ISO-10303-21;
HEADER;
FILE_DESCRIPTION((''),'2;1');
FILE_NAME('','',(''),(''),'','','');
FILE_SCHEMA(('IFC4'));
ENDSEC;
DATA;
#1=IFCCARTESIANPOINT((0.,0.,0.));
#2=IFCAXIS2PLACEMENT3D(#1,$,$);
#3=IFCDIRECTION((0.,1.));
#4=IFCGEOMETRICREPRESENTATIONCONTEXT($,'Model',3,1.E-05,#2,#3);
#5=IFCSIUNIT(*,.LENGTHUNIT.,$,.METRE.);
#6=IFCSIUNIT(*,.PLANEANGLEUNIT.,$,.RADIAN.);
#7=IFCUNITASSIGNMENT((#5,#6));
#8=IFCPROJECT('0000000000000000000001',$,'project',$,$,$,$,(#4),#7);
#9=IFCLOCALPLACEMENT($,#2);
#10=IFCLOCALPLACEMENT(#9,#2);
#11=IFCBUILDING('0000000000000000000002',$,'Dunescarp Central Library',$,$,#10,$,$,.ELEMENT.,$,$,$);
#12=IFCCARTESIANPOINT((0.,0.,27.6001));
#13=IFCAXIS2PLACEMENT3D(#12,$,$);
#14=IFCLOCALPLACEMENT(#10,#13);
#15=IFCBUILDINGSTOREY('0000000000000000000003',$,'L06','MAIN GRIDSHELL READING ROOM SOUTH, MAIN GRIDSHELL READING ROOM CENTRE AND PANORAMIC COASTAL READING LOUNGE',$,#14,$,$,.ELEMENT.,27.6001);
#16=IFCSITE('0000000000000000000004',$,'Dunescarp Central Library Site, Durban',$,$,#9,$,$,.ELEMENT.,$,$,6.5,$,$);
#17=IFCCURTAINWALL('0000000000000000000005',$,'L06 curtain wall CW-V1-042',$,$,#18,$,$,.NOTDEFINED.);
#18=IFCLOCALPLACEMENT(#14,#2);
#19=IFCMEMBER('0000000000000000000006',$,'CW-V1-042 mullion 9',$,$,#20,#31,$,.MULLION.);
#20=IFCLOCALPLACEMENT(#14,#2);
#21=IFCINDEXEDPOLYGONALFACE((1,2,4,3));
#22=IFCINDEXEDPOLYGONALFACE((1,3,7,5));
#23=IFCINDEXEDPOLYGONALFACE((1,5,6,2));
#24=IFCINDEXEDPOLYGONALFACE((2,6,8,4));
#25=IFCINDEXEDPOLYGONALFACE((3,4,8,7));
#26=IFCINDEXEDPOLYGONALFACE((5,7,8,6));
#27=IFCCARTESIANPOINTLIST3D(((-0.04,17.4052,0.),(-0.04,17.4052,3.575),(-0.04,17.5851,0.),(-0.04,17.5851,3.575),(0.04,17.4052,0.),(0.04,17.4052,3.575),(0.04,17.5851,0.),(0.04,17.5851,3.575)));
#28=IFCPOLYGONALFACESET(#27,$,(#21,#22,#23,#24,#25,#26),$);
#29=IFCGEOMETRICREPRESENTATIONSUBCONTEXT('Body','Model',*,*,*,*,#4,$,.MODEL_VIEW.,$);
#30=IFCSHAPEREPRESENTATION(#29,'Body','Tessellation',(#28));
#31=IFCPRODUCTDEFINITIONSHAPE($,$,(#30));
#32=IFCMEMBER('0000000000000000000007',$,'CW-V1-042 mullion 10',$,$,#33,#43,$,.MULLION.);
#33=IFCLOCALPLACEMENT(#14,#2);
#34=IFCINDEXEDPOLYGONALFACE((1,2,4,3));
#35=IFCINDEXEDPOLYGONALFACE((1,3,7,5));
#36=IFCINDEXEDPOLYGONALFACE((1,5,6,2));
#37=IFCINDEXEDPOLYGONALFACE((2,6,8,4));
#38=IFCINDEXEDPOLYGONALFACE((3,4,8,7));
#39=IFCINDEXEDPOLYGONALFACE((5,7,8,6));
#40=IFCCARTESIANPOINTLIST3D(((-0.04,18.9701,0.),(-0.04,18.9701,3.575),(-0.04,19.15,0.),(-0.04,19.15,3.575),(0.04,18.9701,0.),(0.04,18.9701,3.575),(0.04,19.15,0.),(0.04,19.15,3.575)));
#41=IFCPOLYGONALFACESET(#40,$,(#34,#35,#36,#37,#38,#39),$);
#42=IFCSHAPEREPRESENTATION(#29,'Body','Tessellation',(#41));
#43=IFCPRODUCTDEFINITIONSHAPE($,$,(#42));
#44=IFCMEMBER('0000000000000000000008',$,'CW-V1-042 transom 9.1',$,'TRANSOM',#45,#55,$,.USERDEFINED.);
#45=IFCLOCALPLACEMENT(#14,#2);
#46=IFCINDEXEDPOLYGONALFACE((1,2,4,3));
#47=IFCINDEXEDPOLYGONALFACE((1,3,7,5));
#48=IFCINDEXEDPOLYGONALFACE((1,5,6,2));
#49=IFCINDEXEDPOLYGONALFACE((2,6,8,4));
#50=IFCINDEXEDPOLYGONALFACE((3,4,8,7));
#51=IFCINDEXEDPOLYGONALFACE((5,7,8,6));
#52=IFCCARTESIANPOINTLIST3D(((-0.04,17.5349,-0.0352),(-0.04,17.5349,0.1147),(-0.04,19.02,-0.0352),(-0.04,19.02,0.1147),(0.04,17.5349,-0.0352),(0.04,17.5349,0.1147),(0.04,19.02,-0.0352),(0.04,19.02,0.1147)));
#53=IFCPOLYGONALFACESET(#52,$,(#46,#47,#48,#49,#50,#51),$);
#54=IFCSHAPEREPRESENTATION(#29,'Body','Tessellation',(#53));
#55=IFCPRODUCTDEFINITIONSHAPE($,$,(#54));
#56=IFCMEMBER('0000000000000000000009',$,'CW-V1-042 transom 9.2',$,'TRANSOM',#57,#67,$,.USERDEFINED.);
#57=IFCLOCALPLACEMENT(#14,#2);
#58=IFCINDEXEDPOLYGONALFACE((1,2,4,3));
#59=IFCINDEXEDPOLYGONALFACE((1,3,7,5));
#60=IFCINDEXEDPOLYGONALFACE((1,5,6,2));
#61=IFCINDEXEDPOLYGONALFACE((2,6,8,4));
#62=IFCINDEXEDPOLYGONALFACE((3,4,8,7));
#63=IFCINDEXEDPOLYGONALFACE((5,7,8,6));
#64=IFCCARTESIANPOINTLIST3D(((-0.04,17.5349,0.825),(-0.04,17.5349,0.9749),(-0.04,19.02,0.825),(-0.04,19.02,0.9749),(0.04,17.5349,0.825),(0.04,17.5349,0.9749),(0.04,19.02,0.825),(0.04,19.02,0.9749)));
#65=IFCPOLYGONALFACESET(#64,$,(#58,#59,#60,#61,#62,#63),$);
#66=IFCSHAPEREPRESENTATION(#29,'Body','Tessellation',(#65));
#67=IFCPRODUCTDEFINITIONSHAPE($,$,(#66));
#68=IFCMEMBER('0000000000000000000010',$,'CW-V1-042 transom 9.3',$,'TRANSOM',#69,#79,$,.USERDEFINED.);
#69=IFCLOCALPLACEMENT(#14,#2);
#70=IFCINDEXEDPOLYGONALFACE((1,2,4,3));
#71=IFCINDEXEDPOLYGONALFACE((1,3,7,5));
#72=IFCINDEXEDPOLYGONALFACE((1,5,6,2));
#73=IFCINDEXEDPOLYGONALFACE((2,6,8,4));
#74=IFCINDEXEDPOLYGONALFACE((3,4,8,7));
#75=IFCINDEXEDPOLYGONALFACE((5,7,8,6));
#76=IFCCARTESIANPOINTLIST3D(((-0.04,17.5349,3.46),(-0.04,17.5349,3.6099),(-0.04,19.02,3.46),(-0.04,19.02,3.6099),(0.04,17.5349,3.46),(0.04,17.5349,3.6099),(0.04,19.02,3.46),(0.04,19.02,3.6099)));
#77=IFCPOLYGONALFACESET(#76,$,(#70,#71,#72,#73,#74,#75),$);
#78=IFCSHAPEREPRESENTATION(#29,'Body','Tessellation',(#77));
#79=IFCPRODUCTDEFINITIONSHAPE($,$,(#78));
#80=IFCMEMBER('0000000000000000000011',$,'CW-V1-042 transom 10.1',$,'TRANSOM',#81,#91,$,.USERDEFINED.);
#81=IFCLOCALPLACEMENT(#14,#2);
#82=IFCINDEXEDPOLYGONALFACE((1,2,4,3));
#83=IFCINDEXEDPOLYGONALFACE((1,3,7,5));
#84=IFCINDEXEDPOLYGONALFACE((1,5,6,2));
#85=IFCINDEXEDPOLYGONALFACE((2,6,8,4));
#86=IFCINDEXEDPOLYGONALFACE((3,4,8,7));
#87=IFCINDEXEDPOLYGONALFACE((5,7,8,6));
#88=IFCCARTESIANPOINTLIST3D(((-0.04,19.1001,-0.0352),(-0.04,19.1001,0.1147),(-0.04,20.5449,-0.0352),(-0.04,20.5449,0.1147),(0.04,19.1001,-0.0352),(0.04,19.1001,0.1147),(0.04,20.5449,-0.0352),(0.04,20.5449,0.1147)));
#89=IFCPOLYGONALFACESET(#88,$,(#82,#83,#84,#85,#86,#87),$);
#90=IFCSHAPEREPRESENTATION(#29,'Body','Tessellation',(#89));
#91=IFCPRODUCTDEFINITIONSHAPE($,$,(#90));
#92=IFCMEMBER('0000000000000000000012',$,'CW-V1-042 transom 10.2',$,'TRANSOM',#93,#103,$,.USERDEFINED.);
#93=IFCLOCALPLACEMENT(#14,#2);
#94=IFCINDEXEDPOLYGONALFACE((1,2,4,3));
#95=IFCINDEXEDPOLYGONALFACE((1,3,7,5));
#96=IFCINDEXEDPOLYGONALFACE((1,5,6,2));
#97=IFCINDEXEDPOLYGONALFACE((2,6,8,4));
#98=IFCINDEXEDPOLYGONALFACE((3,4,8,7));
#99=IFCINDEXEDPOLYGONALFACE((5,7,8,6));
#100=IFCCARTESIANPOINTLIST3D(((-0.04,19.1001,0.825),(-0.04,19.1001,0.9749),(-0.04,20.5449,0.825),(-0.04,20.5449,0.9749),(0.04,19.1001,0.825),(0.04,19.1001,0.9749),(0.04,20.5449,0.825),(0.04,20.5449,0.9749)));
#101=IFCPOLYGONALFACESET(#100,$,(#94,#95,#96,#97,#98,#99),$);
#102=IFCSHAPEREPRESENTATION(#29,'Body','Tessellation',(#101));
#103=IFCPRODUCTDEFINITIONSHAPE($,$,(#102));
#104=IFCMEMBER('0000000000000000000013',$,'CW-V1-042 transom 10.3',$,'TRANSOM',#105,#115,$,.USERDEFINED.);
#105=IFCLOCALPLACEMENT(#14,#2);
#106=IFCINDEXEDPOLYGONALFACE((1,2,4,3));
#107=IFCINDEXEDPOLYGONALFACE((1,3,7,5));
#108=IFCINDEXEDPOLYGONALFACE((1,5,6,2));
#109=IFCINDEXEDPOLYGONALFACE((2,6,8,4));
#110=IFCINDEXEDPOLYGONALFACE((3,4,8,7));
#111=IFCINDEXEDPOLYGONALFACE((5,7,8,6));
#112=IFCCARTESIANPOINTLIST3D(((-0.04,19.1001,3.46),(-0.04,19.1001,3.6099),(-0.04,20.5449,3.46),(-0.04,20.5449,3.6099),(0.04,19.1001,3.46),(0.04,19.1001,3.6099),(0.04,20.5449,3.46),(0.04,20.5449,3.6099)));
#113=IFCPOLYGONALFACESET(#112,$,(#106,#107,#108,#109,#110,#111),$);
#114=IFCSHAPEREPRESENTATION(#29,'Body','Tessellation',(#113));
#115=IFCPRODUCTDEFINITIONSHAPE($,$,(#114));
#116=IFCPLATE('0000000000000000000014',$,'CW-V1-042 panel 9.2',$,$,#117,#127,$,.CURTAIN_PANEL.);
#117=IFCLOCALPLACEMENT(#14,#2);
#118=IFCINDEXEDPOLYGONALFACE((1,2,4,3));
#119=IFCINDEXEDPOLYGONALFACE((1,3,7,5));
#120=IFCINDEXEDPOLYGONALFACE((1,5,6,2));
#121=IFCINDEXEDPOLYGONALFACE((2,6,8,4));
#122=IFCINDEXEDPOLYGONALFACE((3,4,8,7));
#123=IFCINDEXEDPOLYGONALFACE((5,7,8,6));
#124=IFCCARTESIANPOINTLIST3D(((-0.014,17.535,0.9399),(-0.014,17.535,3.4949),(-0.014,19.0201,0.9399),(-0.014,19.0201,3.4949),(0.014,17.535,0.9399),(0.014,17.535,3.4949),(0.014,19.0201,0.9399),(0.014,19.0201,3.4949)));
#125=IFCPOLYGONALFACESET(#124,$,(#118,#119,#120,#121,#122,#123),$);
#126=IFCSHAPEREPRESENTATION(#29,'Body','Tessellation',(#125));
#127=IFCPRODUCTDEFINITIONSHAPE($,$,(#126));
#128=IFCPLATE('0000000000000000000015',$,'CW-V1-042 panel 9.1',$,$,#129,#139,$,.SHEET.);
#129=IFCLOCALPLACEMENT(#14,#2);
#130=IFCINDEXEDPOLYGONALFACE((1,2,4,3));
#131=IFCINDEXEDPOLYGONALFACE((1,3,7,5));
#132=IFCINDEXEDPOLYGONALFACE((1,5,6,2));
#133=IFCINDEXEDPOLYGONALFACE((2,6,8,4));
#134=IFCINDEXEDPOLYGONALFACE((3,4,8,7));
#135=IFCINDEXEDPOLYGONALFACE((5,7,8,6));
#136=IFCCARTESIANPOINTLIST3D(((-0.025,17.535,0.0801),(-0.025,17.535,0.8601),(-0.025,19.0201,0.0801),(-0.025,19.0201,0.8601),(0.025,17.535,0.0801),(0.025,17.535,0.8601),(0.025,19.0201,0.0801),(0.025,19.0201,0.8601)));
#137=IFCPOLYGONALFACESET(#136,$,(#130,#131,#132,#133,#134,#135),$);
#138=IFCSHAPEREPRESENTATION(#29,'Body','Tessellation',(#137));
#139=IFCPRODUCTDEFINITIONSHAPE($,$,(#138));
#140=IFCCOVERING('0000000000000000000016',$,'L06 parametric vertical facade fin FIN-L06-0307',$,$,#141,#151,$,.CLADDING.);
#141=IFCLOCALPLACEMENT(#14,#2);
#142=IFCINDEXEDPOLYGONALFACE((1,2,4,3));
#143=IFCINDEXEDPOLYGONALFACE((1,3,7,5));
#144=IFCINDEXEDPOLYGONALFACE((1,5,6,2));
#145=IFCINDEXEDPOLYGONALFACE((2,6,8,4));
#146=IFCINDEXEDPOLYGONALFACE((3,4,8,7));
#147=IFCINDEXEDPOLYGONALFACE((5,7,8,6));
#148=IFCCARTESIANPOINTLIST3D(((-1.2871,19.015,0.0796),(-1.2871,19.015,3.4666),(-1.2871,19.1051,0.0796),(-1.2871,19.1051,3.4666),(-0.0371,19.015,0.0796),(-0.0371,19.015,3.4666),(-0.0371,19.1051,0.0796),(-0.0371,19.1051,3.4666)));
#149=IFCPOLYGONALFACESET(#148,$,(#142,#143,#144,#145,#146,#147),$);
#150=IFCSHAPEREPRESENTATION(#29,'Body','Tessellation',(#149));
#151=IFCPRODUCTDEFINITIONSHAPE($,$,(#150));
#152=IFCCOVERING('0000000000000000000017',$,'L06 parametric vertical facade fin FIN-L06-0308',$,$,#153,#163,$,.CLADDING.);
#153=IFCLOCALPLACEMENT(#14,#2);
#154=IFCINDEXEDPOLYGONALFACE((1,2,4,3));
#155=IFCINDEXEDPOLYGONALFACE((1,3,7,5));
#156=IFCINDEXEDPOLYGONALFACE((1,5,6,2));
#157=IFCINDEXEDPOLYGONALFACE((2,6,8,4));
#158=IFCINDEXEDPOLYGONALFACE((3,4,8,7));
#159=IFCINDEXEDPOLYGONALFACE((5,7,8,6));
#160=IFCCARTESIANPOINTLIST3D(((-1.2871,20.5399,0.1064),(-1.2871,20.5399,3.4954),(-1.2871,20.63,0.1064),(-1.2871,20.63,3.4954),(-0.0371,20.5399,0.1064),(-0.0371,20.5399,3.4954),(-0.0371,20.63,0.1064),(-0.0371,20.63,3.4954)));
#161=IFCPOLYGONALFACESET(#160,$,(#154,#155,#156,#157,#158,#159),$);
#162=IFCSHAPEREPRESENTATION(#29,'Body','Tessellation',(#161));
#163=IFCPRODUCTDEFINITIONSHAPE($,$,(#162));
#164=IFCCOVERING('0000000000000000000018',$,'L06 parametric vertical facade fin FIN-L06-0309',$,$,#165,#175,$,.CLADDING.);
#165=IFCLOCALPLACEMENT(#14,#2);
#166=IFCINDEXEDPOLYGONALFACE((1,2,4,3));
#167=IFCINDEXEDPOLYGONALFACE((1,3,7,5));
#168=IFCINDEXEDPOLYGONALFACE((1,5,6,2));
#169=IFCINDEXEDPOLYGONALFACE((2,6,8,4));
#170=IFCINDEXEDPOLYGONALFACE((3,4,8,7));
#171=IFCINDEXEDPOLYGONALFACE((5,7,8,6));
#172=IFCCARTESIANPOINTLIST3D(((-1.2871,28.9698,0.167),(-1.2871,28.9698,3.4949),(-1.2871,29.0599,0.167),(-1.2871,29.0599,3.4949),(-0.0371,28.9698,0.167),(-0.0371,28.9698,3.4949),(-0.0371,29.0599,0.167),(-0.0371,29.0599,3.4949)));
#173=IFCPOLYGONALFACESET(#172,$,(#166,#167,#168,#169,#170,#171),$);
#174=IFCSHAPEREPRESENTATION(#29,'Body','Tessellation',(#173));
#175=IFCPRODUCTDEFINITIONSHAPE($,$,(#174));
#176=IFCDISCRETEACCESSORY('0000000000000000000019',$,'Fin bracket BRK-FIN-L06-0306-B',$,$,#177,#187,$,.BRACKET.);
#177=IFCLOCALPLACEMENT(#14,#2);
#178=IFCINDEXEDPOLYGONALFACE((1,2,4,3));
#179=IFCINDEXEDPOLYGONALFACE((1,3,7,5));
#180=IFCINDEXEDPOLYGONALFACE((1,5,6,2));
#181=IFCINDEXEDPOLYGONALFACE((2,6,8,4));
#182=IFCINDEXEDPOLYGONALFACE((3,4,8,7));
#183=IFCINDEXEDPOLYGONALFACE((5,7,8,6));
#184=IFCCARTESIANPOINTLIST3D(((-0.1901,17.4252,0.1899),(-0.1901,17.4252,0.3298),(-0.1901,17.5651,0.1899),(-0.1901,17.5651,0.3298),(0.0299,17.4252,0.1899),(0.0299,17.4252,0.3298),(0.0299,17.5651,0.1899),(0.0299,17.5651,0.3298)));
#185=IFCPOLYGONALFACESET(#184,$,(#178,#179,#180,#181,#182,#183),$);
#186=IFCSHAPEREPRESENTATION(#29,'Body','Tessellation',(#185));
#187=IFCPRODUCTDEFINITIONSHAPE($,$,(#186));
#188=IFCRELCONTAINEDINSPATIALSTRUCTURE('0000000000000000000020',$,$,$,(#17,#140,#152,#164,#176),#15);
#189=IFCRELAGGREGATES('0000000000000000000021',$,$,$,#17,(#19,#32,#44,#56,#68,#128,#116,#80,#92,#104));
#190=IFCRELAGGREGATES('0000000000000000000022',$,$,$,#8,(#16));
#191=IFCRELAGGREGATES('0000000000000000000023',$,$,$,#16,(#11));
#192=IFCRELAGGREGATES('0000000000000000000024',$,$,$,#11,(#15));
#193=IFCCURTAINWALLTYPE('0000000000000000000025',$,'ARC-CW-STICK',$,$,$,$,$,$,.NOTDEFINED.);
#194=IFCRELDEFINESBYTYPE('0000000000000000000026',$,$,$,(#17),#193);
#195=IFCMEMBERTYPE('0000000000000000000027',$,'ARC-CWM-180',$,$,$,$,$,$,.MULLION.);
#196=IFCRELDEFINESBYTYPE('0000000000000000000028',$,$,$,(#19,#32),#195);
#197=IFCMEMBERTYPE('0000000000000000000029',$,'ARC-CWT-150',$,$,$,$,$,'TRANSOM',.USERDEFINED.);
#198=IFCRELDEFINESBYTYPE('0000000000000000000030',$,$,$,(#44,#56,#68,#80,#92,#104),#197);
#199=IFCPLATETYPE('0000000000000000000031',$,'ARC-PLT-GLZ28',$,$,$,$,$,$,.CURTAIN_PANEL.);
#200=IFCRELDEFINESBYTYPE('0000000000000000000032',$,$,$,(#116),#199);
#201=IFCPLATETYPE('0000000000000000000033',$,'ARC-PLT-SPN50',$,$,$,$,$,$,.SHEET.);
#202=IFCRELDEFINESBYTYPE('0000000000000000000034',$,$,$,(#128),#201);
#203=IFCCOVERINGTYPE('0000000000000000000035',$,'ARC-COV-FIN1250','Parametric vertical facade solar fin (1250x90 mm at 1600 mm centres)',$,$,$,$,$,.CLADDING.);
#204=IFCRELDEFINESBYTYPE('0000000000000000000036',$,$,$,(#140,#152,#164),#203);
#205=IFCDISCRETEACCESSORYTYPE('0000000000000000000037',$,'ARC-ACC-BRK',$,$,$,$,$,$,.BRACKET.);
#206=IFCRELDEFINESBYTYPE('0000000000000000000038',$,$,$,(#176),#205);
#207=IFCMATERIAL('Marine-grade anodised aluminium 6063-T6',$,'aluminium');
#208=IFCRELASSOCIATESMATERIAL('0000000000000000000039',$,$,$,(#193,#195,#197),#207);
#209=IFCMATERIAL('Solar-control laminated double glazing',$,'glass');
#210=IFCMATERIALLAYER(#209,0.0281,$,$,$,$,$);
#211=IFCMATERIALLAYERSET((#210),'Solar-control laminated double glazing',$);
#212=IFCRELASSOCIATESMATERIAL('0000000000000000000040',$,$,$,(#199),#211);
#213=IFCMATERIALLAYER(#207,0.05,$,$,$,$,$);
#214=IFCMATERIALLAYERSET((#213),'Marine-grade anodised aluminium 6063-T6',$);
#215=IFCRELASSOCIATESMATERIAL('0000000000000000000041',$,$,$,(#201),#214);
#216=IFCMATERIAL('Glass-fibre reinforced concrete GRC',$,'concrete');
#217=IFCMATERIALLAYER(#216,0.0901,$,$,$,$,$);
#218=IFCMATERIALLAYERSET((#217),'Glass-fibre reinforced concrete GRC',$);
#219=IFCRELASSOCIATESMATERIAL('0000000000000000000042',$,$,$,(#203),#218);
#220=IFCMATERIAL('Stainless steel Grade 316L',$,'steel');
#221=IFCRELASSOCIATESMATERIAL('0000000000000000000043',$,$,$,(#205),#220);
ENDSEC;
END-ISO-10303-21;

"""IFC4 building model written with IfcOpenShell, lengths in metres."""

from ifc_helpers import new_model, si_unit, direction, frame, origin, origin_2d, place, context, subcontext, project, spatial, rectangle, extrude, material, layer, layer_set, material_profile, profile_set, type_object, element, aggregate, save


model = new_model("IFC4")

# Units and contexts
model_context = context("Model", 3, precision=1e-05, world=origin(), true_north=direction((0.0, 1.0)))
body_context = subcontext(model_context, "Body", "Model", "MODEL_VIEW")
ifc_project = project(units=[si_unit("LENGTHUNIT", "METRE"), si_unit("PLANEANGLEUNIT", "RADIAN")], contexts=[model_context])

# Site, building, storey
site_placement = place(None, origin())
site = spatial("IfcSite", under=ifc_project, at=site_placement, Name="Dunescarp Central Library Site, Durban", CompositionType="ELEMENT", RefElevation=6.5)
building_placement = place(site_placement, origin())
building = spatial("IfcBuilding", under=site, at=building_placement, Name="Dunescarp Central Library", CompositionType="ELEMENT")
storey_placement = place(building_placement, frame((0.0, 0.0, 27.6001)))
storey = spatial("IfcBuildingStorey", under=building, at=storey_placement, Name="L06", Description="MAIN GRIDSHELL READING ROOM SOUTH, MAIN GRIDSHELL READING ROOM CENTRE AND PANORAMIC COASTAL READING LOUNGE", CompositionType="ELEMENT", Elevation=27.6001)

# Curtain wall, members, plates
ifc_material_1 = material(Name="Marine-grade anodised aluminium 6063-T6", Category="aluminium")
curtain_wall_type = type_object("IfcCurtainWallType", Name="ARC-CW-STICK", PredefinedType="NOTDEFINED", material=ifc_material_1)
curtain_wall_placement = place(storey_placement, origin())
curtain_wall = element("IfcCurtainWall", 1, at=curtain_wall_placement, inside=storey, type_object=curtain_wall_type, Name="L06 curtain wall CW-V1-042", PredefinedType="NOTDEFINED")
ifc_material_profile_1 = material_profile(ifc_material_1, rectangle(XDim=0.0801, YDim=0.1799, at=origin_2d()), Name="AL 80x180")
ifc_profile_set_1 = profile_set([ifc_material_profile_1], Name="Marine-grade anodised aluminium 6063-T6")
member_type_1 = type_object("IfcMemberType", Name="ARC-CWM-180", PredefinedType="MULLION", material=ifc_profile_set_1)
member_1_placement = place(storey_placement, frame((0.0, 17.4951, 0.0), z_axis=(0.0, 0.0, 1.0), x_axis=(-1.0, 0.0, 0.0)))
member_1 = element("IfcMember", 2, at=member_1_placement, type_object=member_type_1, Name="CW-V1-042 mullion 9", PredefinedType="MULLION", context=body_context, shape_type="SweptSolid", body=[
    extrude(rectangle(XDim=0.0801, YDim=0.1799, at=origin_2d()), origin(), (0.0, 0.0, 1.0), 3.575),
])
member_2_placement = place(storey_placement, frame((0.0, 19.0601, 0.0), z_axis=(0.0, 0.0, 1.0), x_axis=(-1.0, 0.0, 0.0)))
member_2 = element("IfcMember", 3, at=member_2_placement, type_object=member_type_1, Name="CW-V1-042 mullion 10", PredefinedType="MULLION", context=body_context, shape_type="SweptSolid", body=[
    extrude(rectangle(XDim=0.0801, YDim=0.1799, at=origin_2d()), origin(), (0.0, 0.0, 1.0), 3.575),
])
ifc_material_profile_2 = material_profile(ifc_material_1, rectangle(XDim=0.0801, YDim=0.1499, at=origin_2d()), Name="AL 80x150")
ifc_profile_set_2 = profile_set([ifc_material_profile_2], Name="Marine-grade anodised aluminium 6063-T6")
member_type_2 = type_object("IfcMemberType", Name="ARC-CWT-150", ElementType="TRANSOM", PredefinedType="USERDEFINED", material=ifc_profile_set_2)
member_3_placement = place(storey_placement, frame((0.0, 17.5349, 0.0398), z_axis=(0.0, 1.0, 0.0), x_axis=(-1.0, 0.0, 0.0)))
member_3 = element("IfcMember", 4, at=member_3_placement, type_object=member_type_2, Name="CW-V1-042 transom 9.1", ObjectType="TRANSOM", PredefinedType="USERDEFINED", context=body_context, shape_type="SweptSolid", body=[
    extrude(rectangle(XDim=0.0801, YDim=0.1499, at=origin_2d()), origin(), (0.0, 0.0, 1.0), 1.4851),
])
member_4_placement = place(storey_placement, frame((0.0, 17.5349, 0.8999), z_axis=(0.0, 1.0, 0.0), x_axis=(-1.0, 0.0, 0.0)))
member_4 = element("IfcMember", 5, at=member_4_placement, type_object=member_type_2, Name="CW-V1-042 transom 9.2", ObjectType="TRANSOM", PredefinedType="USERDEFINED", context=body_context, shape_type="SweptSolid", body=[
    extrude(rectangle(XDim=0.0801, YDim=0.1499, at=origin_2d()), origin(), (0.0, 0.0, 1.0), 1.4851),
])
member_5_placement = place(storey_placement, frame((0.0, 17.5349, 3.5349), z_axis=(0.0, 1.0, 0.0), x_axis=(-1.0, 0.0, 0.0)))
member_5 = element("IfcMember", 6, at=member_5_placement, type_object=member_type_2, Name="CW-V1-042 transom 9.3", ObjectType="TRANSOM", PredefinedType="USERDEFINED", context=body_context, shape_type="SweptSolid", body=[
    extrude(rectangle(XDim=0.0801, YDim=0.1499, at=origin_2d()), origin(), (0.0, 0.0, 1.0), 1.4851),
])
member_6_placement = place(storey_placement, frame((0.0, 19.1001, 0.0398), z_axis=(0.0, 1.0, 0.0), x_axis=(-1.0, 0.0, 0.0)))
member_6 = element("IfcMember", 7, at=member_6_placement, type_object=member_type_2, Name="CW-V1-042 transom 10.1", ObjectType="TRANSOM", PredefinedType="USERDEFINED", context=body_context, shape_type="SweptSolid", body=[
    extrude(rectangle(XDim=0.0801, YDim=0.1499, at=origin_2d()), origin(), (0.0, 0.0, 1.0), 1.4448),
])
member_7_placement = place(storey_placement, frame((0.0, 19.1001, 0.8999), z_axis=(0.0, 1.0, 0.0), x_axis=(-1.0, 0.0, 0.0)))
member_7 = element("IfcMember", 8, at=member_7_placement, type_object=member_type_2, Name="CW-V1-042 transom 10.2", ObjectType="TRANSOM", PredefinedType="USERDEFINED", context=body_context, shape_type="SweptSolid", body=[
    extrude(rectangle(XDim=0.0801, YDim=0.1499, at=origin_2d()), origin(), (0.0, 0.0, 1.0), 1.4448),
])
member_8_placement = place(storey_placement, frame((0.0, 19.1001, 3.5349), z_axis=(0.0, 1.0, 0.0), x_axis=(-1.0, 0.0, 0.0)))
member_8 = element("IfcMember", 9, at=member_8_placement, type_object=member_type_2, Name="CW-V1-042 transom 10.3", ObjectType="TRANSOM", PredefinedType="USERDEFINED", context=body_context, shape_type="SweptSolid", body=[
    extrude(rectangle(XDim=0.0801, YDim=0.1499, at=origin_2d()), origin(), (0.0, 0.0, 1.0), 1.4448),
])
ifc_material_2 = material(Name="Solar-control laminated double glazing", Category="glass")
ifc_layer_1 = layer(ifc_material_2, 0.0281)
ifc_layer_set_1 = layer_set([ifc_layer_1], Name="Solar-control laminated double glazing")
plate_type_1 = type_object("IfcPlateType", Name="ARC-PLT-GLZ28", PredefinedType="CURTAIN_PANEL", material=ifc_layer_set_1)
plate_1_placement = place(storey_placement, frame((0.0, 18.2776, 0.9399), z_axis=(0.0, 0.0, 1.0), x_axis=(0.0, 1.0, 0.0)))
plate_1 = element("IfcPlate", 10, at=plate_1_placement, type_object=plate_type_1, Name="CW-V1-042 panel 9.2", PredefinedType="CURTAIN_PANEL", context=body_context, shape_type="SweptSolid", body=[
    extrude(rectangle(XDim=1.4851, YDim=0.0281, at=origin_2d()), origin(), (0.0, 0.0, 1.0), 2.5549),
])
ifc_layer_2 = layer(ifc_material_1, 0.05)
ifc_layer_set_2 = layer_set([ifc_layer_2], Name="Marine-grade anodised aluminium 6063-T6")
plate_type_2 = type_object("IfcPlateType", Name="ARC-PLT-SPN50", PredefinedType="SHEET", material=ifc_layer_set_2)
plate_2_placement = place(storey_placement, frame((0.0, 18.2776, 0.0801), z_axis=(0.0, 0.0, 1.0), x_axis=(0.0, 1.0, 0.0)))
plate_2 = element("IfcPlate", 11, at=plate_2_placement, type_object=plate_type_2, Name="CW-V1-042 panel 9.1", PredefinedType="SHEET", context=body_context, shape_type="SweptSolid", body=[
    extrude(rectangle(XDim=1.4851, YDim=0.05, at=origin_2d()), origin(), (0.0, 0.0, 1.0), 0.78),
])
aggregate(curtain_wall, [member_1, member_2, member_3, member_4, member_5, plate_2, plate_1, member_6, member_7, member_8])

# Coverings
ifc_material_3 = material(Name="Glass-fibre reinforced concrete GRC", Category="concrete")
ifc_layer_3 = layer(ifc_material_3, 0.0901)
ifc_layer_set_3 = layer_set([ifc_layer_3], Name="Glass-fibre reinforced concrete GRC")
covering_type = type_object("IfcCoveringType", Name="ARC-COV-FIN1250", Description="Parametric vertical facade solar fin (1250x90 mm at 1600 mm centres)", PredefinedType="CLADDING", material=ifc_layer_set_3)
covering_1_placement = place(storey_placement, frame((-0.6621, 19.0601, 0.0796), z_axis=(0.0, 0.0, 1.0), x_axis=(-1.0, 0.0, 0.0)))
element("IfcCovering", 12, at=covering_1_placement, inside=storey, type_object=covering_type, Name="L06 parametric vertical facade fin FIN-L06-0307", PredefinedType="CLADDING", context=body_context, shape_type="SweptSolid", body=[
    extrude(rectangle(XDim=1.25, YDim=0.0901, at=origin_2d()), origin(), (0.0, 0.0, 1.0), 3.387),
])
covering_2_placement = place(storey_placement, frame((-0.6621, 20.585, 0.1064), z_axis=(0.0, 0.0, 1.0), x_axis=(-1.0, 0.0, 0.0)))
element("IfcCovering", 13, at=covering_2_placement, inside=storey, type_object=covering_type, Name="L06 parametric vertical facade fin FIN-L06-0308", PredefinedType="CLADDING", context=body_context, shape_type="SweptSolid", body=[
    extrude(rectangle(XDim=1.25, YDim=0.0901, at=origin_2d()), origin(), (0.0, 0.0, 1.0), 3.3889),
])
covering_3_placement = place(storey_placement, frame((-0.6621, 29.0149, 0.167), z_axis=(0.0, 0.0, 1.0), x_axis=(-1.0, 0.0, 0.0)))
element("IfcCovering", 14, at=covering_3_placement, inside=storey, type_object=covering_type, Name="L06 parametric vertical facade fin FIN-L06-0309", PredefinedType="CLADDING", context=body_context, shape_type="SweptSolid", body=[
    extrude(rectangle(XDim=1.25, YDim=0.0901, at=origin_2d()), origin(), (0.0, 0.0, 1.0), 3.3279),
])

# Discrete accessory
ifc_material_4 = material(Name="Stainless steel Grade 316L", Category="steel")
discrete_accessory_type = type_object("IfcDiscreteAccessoryType", Name="ARC-ACC-BRK", PredefinedType="BRACKET", material=ifc_material_4)
for number, where, z_axis, x_axis, name in (
    (15, (-0.0801, 17.4951, 0.1899), (0.0, 0.0, 1.0), (-1.0, 0.0, 0.0), "Fin bracket BRK-FIN-L06-0306-B"),
):
    element("IfcDiscreteAccessory", number, at=place(storey_placement, frame(where, z_axis=z_axis, x_axis=x_axis)), inside=storey, type_object=discrete_accessory_type, Name=name, PredefinedType="BRACKET", context=body_context, shape_type="SweptSolid", body=[
        extrude(rectangle(XDim=0.22, YDim=0.1399, at=origin_2d()), origin(), (0.0, 0.0, 1.0), 0.1399),
    ])

save(model, "model.ifc")
